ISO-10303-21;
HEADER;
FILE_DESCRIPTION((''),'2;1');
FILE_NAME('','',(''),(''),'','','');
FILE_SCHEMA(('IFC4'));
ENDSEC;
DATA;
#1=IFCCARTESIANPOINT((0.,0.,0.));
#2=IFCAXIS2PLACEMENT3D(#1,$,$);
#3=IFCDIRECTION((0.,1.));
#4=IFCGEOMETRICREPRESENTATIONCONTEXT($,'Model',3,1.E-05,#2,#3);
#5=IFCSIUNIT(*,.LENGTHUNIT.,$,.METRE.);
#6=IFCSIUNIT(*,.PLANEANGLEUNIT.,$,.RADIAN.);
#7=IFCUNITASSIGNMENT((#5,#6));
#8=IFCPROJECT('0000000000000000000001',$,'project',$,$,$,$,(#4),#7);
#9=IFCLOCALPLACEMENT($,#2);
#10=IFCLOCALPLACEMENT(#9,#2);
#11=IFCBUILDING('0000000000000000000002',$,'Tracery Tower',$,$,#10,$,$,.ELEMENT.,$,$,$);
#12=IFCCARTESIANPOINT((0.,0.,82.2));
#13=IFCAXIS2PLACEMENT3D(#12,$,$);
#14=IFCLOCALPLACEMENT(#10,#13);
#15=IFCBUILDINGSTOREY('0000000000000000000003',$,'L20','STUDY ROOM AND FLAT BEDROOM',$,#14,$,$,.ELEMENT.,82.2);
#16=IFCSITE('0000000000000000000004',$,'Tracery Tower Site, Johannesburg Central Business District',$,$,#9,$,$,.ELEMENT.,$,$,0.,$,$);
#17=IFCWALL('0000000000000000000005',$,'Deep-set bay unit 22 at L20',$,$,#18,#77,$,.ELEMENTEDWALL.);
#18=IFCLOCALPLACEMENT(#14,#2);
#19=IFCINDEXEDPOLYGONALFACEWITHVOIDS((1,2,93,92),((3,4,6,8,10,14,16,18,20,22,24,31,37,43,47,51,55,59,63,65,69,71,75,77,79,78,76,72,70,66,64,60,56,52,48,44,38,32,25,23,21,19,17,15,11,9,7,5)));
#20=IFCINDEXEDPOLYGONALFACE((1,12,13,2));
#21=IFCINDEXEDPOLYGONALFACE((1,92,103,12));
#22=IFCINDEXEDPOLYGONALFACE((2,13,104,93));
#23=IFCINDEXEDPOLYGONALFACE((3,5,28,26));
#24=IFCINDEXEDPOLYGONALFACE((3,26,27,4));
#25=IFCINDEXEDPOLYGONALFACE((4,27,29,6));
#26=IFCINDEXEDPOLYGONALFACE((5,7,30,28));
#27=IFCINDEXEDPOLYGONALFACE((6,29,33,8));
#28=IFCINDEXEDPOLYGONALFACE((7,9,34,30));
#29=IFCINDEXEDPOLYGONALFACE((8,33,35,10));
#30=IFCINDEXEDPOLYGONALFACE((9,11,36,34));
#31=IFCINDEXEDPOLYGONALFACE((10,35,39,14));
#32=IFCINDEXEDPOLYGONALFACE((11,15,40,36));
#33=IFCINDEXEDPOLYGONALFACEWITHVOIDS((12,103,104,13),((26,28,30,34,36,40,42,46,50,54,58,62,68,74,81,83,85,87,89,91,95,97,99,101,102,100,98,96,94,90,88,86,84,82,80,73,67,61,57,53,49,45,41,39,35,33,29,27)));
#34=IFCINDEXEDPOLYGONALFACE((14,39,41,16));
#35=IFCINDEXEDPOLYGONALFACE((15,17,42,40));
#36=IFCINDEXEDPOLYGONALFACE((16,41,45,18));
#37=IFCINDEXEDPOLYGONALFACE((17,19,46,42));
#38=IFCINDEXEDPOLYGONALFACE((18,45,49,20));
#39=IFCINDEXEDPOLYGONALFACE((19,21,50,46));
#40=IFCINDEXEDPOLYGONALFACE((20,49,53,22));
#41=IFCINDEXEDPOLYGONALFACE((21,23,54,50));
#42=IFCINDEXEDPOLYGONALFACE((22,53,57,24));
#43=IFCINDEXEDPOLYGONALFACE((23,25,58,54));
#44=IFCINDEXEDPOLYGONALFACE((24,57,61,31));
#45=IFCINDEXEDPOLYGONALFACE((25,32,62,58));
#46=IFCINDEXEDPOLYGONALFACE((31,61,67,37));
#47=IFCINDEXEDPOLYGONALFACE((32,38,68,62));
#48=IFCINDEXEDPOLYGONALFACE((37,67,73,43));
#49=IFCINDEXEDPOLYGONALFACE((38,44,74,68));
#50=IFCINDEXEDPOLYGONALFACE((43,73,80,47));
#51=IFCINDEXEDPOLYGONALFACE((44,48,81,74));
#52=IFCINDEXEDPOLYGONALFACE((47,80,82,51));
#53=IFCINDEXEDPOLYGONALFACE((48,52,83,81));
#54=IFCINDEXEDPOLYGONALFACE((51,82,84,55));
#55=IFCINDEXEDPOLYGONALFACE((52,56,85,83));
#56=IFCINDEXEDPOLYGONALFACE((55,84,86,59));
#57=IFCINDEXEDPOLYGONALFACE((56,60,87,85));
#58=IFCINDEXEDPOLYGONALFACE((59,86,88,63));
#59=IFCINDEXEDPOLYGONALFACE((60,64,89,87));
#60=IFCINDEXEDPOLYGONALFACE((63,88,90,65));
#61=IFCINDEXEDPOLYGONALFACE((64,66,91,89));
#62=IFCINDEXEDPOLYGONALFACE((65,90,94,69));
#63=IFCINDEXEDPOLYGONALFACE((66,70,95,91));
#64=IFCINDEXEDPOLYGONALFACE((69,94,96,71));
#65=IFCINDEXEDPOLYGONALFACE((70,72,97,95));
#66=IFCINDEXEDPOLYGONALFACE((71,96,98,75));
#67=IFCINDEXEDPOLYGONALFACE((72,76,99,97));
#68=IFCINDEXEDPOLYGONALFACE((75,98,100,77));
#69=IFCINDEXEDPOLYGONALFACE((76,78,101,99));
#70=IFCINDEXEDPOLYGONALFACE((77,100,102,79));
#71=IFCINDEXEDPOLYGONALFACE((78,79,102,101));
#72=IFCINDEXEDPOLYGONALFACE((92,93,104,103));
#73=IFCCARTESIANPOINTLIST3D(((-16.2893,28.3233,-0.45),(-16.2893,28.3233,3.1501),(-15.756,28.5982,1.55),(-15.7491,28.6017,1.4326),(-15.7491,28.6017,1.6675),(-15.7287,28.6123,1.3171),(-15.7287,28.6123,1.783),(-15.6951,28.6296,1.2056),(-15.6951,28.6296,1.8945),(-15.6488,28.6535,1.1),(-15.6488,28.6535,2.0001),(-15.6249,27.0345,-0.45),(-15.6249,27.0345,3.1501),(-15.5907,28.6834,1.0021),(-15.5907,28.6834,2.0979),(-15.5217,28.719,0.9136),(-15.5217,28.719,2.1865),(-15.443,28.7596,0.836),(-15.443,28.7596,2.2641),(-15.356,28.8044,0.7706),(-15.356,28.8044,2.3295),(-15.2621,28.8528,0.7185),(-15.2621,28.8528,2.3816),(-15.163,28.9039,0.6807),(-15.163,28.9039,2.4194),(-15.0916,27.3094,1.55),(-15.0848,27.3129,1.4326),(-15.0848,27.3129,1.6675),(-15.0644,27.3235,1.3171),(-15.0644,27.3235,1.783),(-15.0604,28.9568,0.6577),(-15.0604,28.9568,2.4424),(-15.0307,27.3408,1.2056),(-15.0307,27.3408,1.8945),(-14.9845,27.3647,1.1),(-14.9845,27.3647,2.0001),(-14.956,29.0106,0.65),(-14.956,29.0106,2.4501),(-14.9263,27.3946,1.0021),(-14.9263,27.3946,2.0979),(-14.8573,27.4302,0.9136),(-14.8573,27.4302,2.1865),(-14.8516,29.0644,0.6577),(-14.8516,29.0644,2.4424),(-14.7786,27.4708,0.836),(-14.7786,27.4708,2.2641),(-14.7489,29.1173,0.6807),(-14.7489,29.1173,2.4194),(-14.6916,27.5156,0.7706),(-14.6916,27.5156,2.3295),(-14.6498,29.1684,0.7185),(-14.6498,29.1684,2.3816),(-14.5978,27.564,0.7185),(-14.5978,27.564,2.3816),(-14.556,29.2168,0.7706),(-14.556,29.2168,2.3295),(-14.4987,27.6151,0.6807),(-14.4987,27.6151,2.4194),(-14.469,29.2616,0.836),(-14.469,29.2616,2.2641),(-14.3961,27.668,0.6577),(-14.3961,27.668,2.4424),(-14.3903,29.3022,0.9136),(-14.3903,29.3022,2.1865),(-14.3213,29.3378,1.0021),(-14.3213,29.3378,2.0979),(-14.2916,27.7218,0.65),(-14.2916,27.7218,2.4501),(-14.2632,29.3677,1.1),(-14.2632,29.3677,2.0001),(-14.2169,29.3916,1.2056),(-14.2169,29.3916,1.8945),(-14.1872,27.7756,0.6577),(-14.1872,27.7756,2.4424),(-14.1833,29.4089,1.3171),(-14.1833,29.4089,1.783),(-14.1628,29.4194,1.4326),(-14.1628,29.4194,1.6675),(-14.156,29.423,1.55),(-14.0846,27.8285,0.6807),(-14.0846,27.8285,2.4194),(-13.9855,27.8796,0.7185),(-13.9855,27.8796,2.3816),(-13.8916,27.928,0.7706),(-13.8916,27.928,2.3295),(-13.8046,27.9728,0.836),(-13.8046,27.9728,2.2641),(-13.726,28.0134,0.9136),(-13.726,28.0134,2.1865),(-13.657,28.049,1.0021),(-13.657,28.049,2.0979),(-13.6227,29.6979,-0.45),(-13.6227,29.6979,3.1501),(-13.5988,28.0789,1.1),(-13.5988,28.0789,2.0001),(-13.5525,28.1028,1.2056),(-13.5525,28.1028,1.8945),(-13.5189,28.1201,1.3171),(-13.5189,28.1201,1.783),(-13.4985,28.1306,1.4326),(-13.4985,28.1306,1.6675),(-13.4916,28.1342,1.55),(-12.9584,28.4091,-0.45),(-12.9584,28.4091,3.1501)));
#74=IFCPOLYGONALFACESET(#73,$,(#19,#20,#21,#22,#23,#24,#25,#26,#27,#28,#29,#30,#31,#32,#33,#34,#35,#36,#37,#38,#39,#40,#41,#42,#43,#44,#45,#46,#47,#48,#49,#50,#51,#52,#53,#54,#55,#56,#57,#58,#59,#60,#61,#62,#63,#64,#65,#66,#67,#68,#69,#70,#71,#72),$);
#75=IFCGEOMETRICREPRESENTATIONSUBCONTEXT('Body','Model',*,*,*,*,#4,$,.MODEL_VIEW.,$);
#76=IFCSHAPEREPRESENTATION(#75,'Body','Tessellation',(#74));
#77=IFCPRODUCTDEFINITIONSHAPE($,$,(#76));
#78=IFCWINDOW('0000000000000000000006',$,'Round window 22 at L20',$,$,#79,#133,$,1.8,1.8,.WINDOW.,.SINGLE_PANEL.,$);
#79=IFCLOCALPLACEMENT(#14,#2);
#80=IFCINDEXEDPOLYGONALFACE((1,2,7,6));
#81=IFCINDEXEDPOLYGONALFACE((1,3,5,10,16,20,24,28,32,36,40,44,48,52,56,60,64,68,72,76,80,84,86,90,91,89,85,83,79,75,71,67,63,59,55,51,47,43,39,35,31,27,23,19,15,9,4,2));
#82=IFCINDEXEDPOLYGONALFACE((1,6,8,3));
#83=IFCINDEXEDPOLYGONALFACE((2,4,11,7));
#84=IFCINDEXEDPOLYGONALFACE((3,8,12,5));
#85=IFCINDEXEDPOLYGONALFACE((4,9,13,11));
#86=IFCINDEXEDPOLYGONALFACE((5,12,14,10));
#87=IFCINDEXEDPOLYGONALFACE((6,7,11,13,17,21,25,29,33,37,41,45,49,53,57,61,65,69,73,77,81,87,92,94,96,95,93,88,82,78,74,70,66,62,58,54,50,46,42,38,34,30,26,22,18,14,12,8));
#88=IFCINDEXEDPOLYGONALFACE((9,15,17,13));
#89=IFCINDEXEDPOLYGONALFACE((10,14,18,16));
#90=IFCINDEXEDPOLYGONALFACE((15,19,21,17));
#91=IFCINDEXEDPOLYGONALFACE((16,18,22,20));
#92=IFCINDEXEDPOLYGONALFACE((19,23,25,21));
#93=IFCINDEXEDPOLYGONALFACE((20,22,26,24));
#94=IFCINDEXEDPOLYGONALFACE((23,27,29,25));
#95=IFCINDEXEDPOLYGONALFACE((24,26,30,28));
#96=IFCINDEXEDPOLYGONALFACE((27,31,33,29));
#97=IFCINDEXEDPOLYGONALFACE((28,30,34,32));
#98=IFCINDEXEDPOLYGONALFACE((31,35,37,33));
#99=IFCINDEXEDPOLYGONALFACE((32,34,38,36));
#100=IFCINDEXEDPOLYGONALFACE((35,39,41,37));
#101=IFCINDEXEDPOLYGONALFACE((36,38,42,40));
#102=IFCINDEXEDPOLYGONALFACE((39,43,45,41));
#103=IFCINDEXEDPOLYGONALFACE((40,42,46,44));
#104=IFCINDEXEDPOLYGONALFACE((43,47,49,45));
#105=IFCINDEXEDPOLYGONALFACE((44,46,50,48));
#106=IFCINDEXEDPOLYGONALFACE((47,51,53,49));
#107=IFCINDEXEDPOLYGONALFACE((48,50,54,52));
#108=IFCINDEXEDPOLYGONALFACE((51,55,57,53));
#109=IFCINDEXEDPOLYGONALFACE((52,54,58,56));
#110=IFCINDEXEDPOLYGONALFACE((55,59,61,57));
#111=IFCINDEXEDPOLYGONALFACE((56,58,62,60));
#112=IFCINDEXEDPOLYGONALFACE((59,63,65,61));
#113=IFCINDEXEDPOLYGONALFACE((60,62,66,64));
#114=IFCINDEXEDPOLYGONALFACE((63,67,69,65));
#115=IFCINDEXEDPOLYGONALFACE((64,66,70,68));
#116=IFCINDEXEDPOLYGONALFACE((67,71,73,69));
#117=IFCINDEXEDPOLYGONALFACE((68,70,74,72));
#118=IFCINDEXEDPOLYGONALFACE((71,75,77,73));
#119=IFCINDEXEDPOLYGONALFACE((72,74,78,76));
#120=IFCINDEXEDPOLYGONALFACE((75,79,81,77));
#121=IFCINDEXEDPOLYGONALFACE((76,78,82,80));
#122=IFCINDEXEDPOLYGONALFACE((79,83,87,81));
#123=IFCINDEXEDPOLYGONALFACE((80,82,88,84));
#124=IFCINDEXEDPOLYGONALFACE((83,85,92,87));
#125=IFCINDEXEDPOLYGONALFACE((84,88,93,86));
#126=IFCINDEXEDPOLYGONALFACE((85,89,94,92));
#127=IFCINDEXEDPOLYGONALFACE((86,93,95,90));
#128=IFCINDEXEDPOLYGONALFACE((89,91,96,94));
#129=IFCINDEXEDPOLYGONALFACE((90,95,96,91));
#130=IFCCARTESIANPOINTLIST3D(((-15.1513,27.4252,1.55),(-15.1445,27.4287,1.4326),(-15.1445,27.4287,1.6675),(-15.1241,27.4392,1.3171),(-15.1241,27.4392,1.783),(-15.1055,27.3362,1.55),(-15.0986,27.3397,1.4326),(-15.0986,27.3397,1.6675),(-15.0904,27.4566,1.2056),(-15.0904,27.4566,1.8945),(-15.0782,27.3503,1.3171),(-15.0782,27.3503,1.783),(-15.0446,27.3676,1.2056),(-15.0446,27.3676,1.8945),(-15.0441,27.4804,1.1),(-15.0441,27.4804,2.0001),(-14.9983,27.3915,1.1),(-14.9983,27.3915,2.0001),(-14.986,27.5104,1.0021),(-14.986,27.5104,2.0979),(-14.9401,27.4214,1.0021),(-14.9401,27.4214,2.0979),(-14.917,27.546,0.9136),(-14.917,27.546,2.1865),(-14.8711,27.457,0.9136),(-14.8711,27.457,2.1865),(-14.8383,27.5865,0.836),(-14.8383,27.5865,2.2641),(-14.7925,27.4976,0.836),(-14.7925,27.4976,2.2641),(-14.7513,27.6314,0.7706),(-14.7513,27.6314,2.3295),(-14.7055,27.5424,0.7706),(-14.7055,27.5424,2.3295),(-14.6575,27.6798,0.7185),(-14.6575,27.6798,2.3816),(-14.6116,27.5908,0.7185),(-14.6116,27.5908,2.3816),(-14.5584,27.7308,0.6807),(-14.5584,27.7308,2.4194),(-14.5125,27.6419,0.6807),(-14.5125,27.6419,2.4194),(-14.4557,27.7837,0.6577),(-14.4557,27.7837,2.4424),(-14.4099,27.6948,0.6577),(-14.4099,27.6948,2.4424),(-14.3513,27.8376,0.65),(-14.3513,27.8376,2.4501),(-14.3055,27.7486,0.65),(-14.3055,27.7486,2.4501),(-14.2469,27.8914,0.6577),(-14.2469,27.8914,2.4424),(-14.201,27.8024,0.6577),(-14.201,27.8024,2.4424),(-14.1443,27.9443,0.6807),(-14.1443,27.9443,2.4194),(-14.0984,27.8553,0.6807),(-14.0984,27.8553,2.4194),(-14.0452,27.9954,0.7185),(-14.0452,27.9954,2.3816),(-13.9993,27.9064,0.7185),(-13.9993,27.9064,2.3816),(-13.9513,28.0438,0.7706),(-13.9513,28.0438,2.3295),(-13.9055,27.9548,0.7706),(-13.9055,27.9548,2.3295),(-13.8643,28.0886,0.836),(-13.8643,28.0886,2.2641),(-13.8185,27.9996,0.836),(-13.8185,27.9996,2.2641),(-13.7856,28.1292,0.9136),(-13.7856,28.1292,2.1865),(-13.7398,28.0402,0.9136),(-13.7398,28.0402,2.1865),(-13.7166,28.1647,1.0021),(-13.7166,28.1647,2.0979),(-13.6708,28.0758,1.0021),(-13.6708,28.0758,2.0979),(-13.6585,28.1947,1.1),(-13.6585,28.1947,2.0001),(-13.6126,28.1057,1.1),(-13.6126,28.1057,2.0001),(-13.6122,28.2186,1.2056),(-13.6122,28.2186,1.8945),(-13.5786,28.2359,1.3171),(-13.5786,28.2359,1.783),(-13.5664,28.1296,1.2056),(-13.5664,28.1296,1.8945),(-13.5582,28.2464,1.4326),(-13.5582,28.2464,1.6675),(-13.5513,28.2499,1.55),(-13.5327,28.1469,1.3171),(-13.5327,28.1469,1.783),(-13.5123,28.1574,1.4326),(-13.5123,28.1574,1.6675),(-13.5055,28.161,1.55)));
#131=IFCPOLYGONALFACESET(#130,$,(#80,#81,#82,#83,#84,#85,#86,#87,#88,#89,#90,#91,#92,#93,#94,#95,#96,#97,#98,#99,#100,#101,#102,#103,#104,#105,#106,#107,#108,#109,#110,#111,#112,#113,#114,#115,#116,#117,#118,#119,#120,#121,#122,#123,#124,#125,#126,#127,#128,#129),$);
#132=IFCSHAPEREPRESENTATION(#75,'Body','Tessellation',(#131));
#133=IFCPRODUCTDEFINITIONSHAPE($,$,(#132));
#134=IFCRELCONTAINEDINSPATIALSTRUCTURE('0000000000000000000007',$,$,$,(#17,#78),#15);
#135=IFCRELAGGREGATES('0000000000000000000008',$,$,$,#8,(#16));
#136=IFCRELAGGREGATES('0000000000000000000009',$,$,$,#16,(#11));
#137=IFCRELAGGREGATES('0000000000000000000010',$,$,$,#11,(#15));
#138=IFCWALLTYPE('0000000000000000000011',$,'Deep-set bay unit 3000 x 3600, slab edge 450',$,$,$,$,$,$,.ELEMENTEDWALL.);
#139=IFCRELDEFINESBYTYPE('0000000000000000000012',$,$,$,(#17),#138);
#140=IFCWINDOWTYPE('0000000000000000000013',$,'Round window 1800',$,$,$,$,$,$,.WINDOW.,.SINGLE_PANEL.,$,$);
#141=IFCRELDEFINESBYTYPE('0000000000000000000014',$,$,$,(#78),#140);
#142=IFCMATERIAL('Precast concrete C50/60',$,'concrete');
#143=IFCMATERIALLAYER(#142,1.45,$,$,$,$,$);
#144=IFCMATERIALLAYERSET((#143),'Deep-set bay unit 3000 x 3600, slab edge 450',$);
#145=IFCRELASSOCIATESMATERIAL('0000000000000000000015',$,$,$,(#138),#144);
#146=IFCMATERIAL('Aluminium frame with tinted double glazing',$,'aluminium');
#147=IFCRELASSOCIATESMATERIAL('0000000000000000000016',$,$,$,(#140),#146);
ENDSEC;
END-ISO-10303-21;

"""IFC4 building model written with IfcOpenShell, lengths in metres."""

from ifc_helpers import new_model, si_unit, direction, frame, frame_2d, origin, origin_2d, place, context, subcontext, project, spatial, rectangle, circle, extrude, material, layer, layer_set, type_object, element, fill, save


model = new_model("IFC4")

# Units and contexts
model_context = context("Model", 3, precision=1e-05, world=origin(), true_north=direction((0.0, 1.0)))
body_context = subcontext(model_context, "Body", "Model", "MODEL_VIEW")
ifc_project = project(units=[si_unit("LENGTHUNIT", "METRE"), si_unit("PLANEANGLEUNIT", "RADIAN")], contexts=[model_context])

# Site, building, storey
site_placement = place(None, origin())
site = spatial("IfcSite", under=ifc_project, at=site_placement, Name="Tracery Tower Site, Johannesburg Central Business District", CompositionType="ELEMENT", RefElevation=0.0)
building_placement = place(site_placement, origin())
building = spatial("IfcBuilding", under=site, at=building_placement, Name="Tracery Tower", CompositionType="ELEMENT")
storey_placement = place(building_placement, frame((0.0, 0.0, 82.2)))
storey = spatial("IfcBuildingStorey", under=building, at=storey_placement, Name="L20", Description="STUDY ROOM AND FLAT BEDROOM", CompositionType="ELEMENT", Elevation=82.2)

# Wall, opening, window
ifc_material_1 = material(Name="Precast concrete C50/60", Category="concrete")
ifc_layer_1 = layer(ifc_material_1, 1.45)
ifc_layer_set_1 = layer_set([ifc_layer_1], Name="Deep-set bay unit 3000 x 3600, slab edge 450")
wall_type_1 = type_object("IfcWallType", Name="Deep-set bay unit 3000 x 3600, slab edge 450", PredefinedType="ELEMENTEDWALL", material=ifc_layer_set_1)
ifc_material_2 = material(Name="Aluminium frame with tinted double glazing", Category="aluminium")
window_type = type_object("IfcWindowType", Name="Round window 1800", PartitioningType="SINGLE_PANEL", PredefinedType="WINDOW", material=ifc_material_2)
wall_1_placement = place(storey_placement, frame((-13.2905, 29.0535, -0.45), z_axis=(0.0, 0.0, 1.0), x_axis=(-0.888858, -0.458183, 0.0)))
wall_1 = element("IfcWall", 1, at=wall_1_placement, inside=storey, type_object=wall_type_1, Name="Deep-set bay unit 22 at L20", PredefinedType="ELEMENTEDWALL", context=body_context, shape_type="SweptSolid", body=[
    extrude(rectangle(XDim=3.0, YDim=1.45, at=frame_2d((1.5, 0.0))), origin(), (0.0, 0.0, 1.0), 3.6001),
])
opening_1_placement = place(wall_1_placement, frame((1.5, 0.0, 2.0)))
opening_1 = element("IfcOpeningElement", 2, at=opening_1_placement, cuts=wall_1, PredefinedType="OPENING", context=body_context, shape_type="SweptSolid", body=[
    extrude(circle(Radius=0.9, at=origin_2d()), frame((0.0, 0.7349, 0.0), z_axis=(0.0, -1.0, 0.0), x_axis=(1.0, 0.0, 0.0)), (0.0, 0.0, 1.0), 1.47),
])
window_1_placement = place(opening_1_placement, origin())
window_1 = element("IfcWindow", 3, at=window_1_placement, inside=storey, type_object=window_type, Name="Round window 22 at L20", OverallHeight=1.8, OverallWidth=1.8, PartitioningType="SINGLE_PANEL", PredefinedType="WINDOW", context=body_context, shape_type="SweptSolid", body=[
    extrude(circle(Radius=0.9, at=origin_2d()), frame((0.0, 0.6948, 0.0), z_axis=(0.0, -1.0, 0.0), x_axis=(1.0, 0.0, 0.0)), (0.0, 0.0, 1.0), 0.1001),
])
fill(opening_1, window_1)

save(model, "model.ifc")
